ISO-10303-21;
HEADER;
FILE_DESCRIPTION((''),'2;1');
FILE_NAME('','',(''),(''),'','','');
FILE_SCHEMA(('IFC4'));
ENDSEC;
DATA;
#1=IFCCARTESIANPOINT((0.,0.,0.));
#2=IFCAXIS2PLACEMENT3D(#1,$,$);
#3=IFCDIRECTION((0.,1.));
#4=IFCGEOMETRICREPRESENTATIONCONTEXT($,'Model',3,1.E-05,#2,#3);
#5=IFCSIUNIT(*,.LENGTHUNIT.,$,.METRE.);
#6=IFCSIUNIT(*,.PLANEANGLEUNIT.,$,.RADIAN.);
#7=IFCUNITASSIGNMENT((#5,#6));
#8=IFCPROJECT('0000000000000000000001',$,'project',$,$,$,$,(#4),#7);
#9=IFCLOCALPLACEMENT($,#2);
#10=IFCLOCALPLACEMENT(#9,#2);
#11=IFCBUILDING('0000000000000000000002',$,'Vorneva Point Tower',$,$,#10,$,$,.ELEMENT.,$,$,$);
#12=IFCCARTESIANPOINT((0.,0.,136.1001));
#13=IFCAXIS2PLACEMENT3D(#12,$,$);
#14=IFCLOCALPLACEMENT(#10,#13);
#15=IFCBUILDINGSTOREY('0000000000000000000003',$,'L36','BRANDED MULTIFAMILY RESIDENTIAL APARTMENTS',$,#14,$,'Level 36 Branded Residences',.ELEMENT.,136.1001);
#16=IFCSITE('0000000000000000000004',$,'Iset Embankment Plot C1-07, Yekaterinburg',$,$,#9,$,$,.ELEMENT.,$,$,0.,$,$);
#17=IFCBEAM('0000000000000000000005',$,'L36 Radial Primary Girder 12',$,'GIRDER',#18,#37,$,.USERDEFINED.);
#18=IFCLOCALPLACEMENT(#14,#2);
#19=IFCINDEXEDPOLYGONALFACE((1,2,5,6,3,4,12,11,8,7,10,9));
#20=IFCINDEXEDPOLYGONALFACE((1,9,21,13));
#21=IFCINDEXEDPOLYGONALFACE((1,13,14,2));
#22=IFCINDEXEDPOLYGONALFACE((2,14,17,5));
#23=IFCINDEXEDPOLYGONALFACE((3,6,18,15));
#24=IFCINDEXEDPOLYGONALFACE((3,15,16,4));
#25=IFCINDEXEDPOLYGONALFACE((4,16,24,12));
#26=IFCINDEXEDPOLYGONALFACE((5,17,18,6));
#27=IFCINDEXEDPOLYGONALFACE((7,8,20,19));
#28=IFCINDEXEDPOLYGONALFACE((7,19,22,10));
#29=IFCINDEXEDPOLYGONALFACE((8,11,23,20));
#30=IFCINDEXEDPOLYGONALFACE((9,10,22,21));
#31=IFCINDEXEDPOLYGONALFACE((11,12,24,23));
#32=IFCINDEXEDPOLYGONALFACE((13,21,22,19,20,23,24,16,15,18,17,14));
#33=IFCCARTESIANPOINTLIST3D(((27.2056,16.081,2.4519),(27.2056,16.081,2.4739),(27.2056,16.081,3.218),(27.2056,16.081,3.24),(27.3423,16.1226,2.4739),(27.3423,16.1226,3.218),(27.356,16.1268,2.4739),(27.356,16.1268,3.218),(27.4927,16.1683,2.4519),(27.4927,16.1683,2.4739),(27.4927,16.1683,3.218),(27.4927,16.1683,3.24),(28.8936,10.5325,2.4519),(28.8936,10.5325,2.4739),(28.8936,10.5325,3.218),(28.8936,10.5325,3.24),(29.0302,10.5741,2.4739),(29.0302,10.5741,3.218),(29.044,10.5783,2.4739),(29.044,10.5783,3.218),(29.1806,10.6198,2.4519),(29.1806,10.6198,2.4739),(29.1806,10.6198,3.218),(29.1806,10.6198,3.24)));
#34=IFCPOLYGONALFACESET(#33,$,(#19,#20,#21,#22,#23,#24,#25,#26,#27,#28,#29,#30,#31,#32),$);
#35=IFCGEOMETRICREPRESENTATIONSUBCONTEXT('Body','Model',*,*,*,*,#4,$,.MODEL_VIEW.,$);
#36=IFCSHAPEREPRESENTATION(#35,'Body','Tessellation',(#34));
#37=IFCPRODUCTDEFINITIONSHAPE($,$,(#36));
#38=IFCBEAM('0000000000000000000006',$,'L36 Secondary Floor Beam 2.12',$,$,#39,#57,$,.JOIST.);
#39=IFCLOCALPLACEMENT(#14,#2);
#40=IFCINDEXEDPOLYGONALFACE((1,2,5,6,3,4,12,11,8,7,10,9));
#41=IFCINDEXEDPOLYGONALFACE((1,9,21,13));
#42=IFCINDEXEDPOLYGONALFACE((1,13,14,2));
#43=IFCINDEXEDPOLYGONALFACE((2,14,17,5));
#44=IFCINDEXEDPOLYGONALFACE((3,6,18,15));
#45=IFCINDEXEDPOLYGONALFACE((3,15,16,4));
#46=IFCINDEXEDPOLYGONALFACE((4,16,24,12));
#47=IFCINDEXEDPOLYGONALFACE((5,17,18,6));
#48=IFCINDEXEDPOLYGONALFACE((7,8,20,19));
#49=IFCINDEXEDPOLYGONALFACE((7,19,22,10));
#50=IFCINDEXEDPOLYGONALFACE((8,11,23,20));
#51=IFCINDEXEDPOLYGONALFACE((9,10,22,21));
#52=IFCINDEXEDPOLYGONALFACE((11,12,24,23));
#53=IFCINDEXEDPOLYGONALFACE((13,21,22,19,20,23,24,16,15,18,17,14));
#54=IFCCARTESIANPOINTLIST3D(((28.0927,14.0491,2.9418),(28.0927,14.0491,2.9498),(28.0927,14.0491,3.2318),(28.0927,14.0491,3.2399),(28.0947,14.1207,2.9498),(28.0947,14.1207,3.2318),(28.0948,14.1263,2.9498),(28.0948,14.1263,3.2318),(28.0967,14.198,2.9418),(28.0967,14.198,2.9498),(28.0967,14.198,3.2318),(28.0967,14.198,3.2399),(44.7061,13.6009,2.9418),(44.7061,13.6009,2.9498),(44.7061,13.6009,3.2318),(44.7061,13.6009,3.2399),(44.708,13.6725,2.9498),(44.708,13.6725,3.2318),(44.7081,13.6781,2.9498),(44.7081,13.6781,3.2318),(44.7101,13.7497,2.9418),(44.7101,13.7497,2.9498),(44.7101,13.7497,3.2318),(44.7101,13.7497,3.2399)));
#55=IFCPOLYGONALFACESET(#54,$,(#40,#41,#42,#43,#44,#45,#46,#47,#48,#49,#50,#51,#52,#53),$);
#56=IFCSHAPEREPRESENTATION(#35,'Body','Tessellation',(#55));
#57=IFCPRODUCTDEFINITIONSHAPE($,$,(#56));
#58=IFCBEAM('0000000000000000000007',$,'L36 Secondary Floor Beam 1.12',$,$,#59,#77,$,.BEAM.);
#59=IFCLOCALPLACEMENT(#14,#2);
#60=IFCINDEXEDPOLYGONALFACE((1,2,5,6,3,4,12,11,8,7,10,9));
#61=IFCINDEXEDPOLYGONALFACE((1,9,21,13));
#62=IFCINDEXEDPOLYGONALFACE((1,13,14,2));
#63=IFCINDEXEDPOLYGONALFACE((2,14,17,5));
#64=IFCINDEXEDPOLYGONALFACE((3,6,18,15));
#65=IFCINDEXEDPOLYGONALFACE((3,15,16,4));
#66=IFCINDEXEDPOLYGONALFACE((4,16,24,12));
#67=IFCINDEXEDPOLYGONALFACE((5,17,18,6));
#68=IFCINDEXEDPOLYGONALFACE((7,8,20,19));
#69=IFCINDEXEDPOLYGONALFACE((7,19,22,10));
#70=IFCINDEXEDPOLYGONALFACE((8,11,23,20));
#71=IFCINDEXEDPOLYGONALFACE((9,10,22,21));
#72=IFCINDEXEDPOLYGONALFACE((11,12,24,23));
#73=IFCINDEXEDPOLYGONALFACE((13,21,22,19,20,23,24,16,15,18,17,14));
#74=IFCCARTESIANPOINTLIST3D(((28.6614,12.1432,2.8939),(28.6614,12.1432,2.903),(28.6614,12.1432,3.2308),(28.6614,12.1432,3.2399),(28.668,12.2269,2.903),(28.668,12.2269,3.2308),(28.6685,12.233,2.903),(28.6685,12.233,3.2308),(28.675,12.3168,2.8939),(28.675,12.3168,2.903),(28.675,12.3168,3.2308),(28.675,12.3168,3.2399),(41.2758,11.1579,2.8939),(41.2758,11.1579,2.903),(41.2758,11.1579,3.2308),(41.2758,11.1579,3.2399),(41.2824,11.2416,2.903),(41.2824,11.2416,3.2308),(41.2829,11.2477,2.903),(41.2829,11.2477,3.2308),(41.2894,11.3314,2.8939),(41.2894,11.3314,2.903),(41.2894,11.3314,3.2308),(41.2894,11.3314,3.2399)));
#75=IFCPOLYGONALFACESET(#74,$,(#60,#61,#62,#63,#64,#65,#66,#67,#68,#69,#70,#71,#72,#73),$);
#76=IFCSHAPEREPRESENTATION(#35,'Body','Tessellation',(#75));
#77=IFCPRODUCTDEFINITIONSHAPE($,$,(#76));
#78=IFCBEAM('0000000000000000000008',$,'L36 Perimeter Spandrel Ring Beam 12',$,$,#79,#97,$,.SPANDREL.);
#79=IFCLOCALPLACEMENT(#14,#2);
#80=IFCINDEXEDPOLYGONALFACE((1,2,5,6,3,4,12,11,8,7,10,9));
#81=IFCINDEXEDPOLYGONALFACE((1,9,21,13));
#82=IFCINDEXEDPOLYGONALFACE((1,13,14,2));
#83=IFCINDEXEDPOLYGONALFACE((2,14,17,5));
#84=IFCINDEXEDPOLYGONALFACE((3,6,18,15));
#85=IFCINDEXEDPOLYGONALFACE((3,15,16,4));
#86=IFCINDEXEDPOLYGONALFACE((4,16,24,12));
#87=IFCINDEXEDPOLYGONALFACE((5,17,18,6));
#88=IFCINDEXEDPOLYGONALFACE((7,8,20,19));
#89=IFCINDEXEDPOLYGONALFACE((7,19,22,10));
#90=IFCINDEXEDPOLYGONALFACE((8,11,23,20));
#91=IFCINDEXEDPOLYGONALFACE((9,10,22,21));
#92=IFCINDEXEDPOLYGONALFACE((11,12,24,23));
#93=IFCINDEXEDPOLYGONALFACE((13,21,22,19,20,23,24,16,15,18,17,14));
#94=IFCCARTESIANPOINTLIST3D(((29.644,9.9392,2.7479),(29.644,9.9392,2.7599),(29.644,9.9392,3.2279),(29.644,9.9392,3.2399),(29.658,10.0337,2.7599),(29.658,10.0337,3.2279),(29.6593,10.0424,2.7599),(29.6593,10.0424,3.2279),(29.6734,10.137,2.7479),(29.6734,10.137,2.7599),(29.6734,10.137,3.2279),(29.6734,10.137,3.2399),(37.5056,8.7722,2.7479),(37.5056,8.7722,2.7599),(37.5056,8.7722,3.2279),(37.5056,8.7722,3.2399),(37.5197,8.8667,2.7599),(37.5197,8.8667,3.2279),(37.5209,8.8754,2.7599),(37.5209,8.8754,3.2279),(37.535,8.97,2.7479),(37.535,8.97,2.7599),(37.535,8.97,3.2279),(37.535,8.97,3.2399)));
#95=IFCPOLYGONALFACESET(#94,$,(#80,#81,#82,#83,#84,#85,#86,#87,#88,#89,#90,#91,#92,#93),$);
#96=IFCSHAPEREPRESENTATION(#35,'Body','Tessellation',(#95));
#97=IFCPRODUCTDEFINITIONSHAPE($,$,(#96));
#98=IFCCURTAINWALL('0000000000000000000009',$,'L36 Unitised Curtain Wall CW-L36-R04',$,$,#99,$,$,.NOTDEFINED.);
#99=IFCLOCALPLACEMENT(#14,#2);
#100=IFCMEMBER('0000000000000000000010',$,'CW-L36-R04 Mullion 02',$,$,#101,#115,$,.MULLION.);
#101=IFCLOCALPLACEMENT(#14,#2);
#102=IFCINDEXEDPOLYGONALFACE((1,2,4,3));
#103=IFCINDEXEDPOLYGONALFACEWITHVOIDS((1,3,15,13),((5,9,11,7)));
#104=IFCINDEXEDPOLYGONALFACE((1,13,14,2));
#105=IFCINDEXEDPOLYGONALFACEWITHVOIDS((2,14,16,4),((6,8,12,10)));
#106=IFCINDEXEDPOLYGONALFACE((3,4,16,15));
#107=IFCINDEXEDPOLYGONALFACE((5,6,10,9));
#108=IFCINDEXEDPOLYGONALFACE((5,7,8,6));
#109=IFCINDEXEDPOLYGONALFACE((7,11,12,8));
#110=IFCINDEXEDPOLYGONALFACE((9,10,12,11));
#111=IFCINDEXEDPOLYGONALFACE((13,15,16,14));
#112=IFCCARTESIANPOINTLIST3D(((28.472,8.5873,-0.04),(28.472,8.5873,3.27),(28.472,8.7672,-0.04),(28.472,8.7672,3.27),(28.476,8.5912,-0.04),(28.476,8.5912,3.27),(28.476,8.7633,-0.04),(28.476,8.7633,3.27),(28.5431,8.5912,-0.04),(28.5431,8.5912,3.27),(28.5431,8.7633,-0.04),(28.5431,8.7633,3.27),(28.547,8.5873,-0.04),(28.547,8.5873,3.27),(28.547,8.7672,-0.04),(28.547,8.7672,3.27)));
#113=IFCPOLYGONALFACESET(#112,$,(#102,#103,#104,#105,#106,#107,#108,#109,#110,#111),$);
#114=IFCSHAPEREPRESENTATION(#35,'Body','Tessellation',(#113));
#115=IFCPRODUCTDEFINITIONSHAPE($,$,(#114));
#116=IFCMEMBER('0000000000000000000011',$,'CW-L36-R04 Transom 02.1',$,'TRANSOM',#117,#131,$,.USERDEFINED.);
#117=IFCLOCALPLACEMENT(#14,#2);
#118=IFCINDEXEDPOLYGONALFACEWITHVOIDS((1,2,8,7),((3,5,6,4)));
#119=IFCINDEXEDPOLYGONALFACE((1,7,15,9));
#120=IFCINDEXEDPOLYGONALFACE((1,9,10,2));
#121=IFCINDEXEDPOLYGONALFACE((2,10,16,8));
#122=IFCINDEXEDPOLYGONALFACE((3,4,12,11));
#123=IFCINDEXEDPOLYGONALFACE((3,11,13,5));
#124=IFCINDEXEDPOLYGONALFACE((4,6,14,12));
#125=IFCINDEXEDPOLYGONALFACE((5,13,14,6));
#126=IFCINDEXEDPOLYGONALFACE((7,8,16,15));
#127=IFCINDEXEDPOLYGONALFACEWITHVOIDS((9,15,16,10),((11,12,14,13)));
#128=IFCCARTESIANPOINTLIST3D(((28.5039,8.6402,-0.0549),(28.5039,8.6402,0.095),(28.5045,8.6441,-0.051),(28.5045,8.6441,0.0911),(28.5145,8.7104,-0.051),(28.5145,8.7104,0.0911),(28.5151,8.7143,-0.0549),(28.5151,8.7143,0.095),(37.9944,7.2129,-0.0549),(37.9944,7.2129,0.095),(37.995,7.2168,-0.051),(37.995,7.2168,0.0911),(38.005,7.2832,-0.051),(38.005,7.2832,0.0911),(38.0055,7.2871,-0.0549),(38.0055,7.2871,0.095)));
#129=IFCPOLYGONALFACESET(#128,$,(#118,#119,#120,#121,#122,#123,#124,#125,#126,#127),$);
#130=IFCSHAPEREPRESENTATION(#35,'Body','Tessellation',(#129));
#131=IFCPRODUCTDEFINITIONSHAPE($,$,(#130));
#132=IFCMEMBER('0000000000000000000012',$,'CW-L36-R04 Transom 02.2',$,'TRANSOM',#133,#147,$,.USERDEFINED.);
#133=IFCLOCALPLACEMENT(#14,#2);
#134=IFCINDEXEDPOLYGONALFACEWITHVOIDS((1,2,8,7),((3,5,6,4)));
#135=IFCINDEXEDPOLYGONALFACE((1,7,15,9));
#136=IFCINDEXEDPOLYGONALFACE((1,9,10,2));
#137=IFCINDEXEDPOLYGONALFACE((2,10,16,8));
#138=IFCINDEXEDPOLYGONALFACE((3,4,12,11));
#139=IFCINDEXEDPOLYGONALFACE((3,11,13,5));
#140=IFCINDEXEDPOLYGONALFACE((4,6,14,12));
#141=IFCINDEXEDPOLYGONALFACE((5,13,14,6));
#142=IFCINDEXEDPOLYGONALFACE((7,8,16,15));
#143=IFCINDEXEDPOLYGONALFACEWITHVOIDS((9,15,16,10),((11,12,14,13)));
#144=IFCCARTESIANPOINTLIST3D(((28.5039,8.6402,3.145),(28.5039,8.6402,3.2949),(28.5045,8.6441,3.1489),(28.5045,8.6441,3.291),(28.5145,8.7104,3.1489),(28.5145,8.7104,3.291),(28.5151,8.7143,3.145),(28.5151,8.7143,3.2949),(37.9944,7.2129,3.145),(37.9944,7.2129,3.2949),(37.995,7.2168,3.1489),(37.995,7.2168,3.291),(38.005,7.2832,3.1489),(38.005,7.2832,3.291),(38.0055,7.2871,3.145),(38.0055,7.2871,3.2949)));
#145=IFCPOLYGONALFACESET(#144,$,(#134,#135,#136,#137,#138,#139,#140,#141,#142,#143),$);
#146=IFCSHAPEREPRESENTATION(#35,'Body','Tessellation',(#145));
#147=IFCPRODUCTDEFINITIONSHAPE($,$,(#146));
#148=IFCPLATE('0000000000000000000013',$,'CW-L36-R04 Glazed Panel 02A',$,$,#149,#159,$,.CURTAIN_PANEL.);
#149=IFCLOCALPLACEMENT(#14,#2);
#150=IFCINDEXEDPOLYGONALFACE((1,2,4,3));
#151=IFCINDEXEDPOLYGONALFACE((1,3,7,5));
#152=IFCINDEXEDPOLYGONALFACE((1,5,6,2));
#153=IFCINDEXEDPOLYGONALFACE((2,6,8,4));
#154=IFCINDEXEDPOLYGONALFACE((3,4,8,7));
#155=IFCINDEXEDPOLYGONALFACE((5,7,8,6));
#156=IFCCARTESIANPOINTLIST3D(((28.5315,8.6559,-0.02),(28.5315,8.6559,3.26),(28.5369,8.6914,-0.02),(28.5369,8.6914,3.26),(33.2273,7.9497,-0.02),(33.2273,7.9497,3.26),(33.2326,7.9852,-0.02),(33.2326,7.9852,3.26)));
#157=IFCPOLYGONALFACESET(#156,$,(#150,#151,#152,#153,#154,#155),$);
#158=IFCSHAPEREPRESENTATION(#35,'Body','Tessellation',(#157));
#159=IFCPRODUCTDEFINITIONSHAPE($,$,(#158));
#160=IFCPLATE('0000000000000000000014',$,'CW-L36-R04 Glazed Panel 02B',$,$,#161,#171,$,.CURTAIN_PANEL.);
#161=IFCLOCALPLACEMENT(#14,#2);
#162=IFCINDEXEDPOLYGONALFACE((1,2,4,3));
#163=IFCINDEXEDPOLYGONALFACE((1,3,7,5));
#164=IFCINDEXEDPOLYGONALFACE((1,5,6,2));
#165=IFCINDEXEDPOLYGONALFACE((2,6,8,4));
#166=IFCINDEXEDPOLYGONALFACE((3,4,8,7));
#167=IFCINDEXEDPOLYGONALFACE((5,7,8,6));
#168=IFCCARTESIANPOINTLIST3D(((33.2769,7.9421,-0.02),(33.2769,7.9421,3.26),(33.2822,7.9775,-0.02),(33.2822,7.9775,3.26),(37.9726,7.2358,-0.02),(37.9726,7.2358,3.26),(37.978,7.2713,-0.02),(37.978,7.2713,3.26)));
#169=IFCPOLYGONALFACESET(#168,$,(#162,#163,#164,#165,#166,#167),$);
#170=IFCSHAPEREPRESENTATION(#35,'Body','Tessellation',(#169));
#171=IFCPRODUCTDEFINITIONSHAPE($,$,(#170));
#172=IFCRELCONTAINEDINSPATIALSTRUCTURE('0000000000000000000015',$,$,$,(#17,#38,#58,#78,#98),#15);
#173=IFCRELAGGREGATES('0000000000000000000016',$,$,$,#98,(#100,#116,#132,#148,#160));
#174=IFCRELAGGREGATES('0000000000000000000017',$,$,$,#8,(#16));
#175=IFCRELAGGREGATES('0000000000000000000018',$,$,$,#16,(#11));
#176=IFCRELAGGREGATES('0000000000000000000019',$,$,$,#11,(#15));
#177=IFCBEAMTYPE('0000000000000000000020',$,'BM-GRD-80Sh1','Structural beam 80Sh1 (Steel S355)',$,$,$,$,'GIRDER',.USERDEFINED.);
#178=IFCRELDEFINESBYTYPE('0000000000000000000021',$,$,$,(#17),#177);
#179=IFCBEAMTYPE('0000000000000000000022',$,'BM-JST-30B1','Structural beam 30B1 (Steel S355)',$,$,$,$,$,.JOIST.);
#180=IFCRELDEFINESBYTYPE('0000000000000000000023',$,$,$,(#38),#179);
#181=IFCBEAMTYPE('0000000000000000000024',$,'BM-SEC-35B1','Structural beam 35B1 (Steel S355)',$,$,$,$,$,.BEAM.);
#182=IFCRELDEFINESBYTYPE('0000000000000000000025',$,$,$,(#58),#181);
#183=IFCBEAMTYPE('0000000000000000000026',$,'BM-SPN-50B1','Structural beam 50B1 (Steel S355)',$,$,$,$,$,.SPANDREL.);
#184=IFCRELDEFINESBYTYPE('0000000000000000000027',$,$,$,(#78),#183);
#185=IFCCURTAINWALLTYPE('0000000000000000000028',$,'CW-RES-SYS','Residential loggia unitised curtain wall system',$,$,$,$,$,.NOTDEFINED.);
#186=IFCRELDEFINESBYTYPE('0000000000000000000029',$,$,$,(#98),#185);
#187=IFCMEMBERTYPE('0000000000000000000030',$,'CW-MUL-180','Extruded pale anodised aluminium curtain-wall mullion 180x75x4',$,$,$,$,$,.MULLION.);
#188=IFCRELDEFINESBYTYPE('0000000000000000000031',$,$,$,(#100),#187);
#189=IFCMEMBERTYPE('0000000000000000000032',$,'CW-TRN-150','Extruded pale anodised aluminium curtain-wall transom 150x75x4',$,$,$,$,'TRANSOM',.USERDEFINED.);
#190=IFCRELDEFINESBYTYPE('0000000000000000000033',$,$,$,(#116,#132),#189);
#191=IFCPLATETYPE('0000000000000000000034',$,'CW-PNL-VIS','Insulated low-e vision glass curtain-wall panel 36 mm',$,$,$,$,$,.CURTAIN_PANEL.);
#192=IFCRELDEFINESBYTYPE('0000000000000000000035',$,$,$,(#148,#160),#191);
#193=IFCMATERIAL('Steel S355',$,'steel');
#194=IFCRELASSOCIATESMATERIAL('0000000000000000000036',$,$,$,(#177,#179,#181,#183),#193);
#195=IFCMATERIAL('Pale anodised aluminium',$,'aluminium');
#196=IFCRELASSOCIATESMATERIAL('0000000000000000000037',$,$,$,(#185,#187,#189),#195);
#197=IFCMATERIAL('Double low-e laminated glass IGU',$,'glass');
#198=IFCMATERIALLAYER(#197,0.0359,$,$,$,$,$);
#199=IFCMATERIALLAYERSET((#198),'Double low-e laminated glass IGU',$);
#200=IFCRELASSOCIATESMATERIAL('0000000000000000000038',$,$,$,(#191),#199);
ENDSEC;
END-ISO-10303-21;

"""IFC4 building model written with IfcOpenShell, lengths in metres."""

from ifc_helpers import new_model, si_unit, direction, frame, origin, origin_2d, place, context, subcontext, project, spatial, rectangle, hollow_rectangle, i_section, extrude, material, layer, layer_set, material_profile, profile_set, type_object, element, aggregate, save


model = new_model("IFC4")

# Units and contexts
model_context = context("Model", 3, precision=1e-05, world=origin(), true_north=direction((0.0, 1.0)))
body_context = subcontext(model_context, "Body", "Model", "MODEL_VIEW")
ifc_project = project(units=[si_unit("LENGTHUNIT", "METRE"), si_unit("PLANEANGLEUNIT", "RADIAN")], contexts=[model_context])

# Site, building, storey
site_placement = place(None, origin())
site = spatial("IfcSite", under=ifc_project, at=site_placement, Name="Iset Embankment Plot C1-07, Yekaterinburg", CompositionType="ELEMENT", RefElevation=0.0)
building_placement = place(site_placement, origin())
building = spatial("IfcBuilding", under=site, at=building_placement, Name="Vorneva Point Tower", CompositionType="ELEMENT")
storey_placement = place(building_placement, frame((0.0, 0.0, 136.1001)))
storey = spatial("IfcBuildingStorey", under=building, at=storey_placement, Name="L36", Description="BRANDED MULTIFAMILY RESIDENTIAL APARTMENTS", LongName="Level 36 Branded Residences", CompositionType="ELEMENT", Elevation=136.1001)

# Beams
ifc_material_1 = material(Name="Steel S355", Category="steel")
ifc_material_profile_1 = material_profile(ifc_material_1, i_section(OverallWidth=0.3, OverallDepth=0.7881, WebThickness=0.0144, FlangeThickness=0.022, at=origin_2d()), Name="80Sh1")
ifc_profile_set_1 = profile_set([ifc_material_profile_1], Name="Steel S355")
beam_type_1 = type_object("IfcBeamType", Name="BM-GRD-80Sh1", Description="Structural beam 80Sh1 (Steel S355)", ElementType="GIRDER", PredefinedType="USERDEFINED", material=ifc_profile_set_1)
beam_1_placement = place(storey_placement, frame((29.0371, 10.5762, 2.8459), z_axis=(-0.291049, 0.956708, 0.0), x_axis=(-0.956708, -0.291049, 0.0)))
element("IfcBeam", 1, at=beam_1_placement, inside=storey, type_object=beam_type_1, Name="L36 Radial Primary Girder 12", ObjectType="GIRDER", PredefinedType="USERDEFINED", context=body_context, shape_type="SweptSolid", body=[
    extrude(i_section(OverallWidth=0.3, OverallDepth=0.7881, WebThickness=0.0144, FlangeThickness=0.022, at=origin_2d()), origin(), (0.0, 0.0, 1.0), 5.7996),
])
ifc_material_profile_2 = material_profile(ifc_material_1, i_section(OverallWidth=0.1489, OverallDepth=0.2981, WebThickness=0.0056, FlangeThickness=0.0081, at=origin_2d()), Name="30B1")
ifc_profile_set_2 = profile_set([ifc_material_profile_2], Name="Steel S355")
beam_type_2 = type_object("IfcBeamType", Name="BM-JST-30B1", Description="Structural beam 30B1 (Steel S355)", PredefinedType="JOIST", material=ifc_profile_set_2)
beam_2_placement = place(storey_placement, frame((28.0947, 14.1235, 3.0908), z_axis=(0.999636, -0.026971, 0.0), x_axis=(0.026971, 0.999636, 0.0)))
element("IfcBeam", 2, at=beam_2_placement, inside=storey, type_object=beam_type_2, Name="L36 Secondary Floor Beam 2.12", PredefinedType="JOIST", context=body_context, shape_type="SweptSolid", body=[
    extrude(i_section(OverallWidth=0.1489, OverallDepth=0.2981, WebThickness=0.0056, FlangeThickness=0.0081, at=origin_2d()), origin(), (0.0, 0.0, 1.0), 16.6194),
])
ifc_material_profile_3 = material_profile(ifc_material_1, i_section(OverallWidth=0.1741, OverallDepth=0.3459, WebThickness=0.0061, FlangeThickness=0.009, at=origin_2d()), Name="35B1")
ifc_profile_set_3 = profile_set([ifc_material_profile_3], Name="Steel S355")
beam_type_3 = type_object("IfcBeamType", Name="BM-SEC-35B1", Description="Structural beam 35B1 (Steel S355)", PredefinedType="BEAM", material=ifc_profile_set_3)
beam_3_placement = place(storey_placement, frame((28.6682, 12.23, 3.0669), z_axis=(0.996963, -0.077875, 0.0), x_axis=(0.077875, 0.996963, 0.0)))
element("IfcBeam", 3, at=beam_3_placement, inside=storey, type_object=beam_type_3, Name="L36 Secondary Floor Beam 1.12", PredefinedType="BEAM", context=body_context, shape_type="SweptSolid", body=[
    extrude(i_section(OverallWidth=0.1741, OverallDepth=0.3459, WebThickness=0.0061, FlangeThickness=0.009, at=origin_2d()), origin(), (0.0, 0.0, 1.0), 12.6528),
])
ifc_material_profile_4 = material_profile(ifc_material_1, i_section(OverallWidth=0.2, OverallDepth=0.4919, WebThickness=0.0088, FlangeThickness=0.012, at=origin_2d()), Name="50B1")
ifc_profile_set_4 = profile_set([ifc_material_profile_4], Name="Steel S355")
beam_type_4 = type_object("IfcBeamType", Name="BM-SPN-50B1", Description="Structural beam 50B1 (Steel S355)", PredefinedType="SPANDREL", material=ifc_profile_set_4)
beam_4_placement = place(storey_placement, frame((29.6587, 10.0381, 2.9939), z_axis=(0.989161, -0.146834, 0.0), x_axis=(0.146834, 0.989161, 0.0)))
element("IfcBeam", 4, at=beam_4_placement, inside=storey, type_object=beam_type_4, Name="L36 Perimeter Spandrel Ring Beam 12", PredefinedType="SPANDREL", context=body_context, shape_type="SweptSolid", body=[
    extrude(i_section(OverallWidth=0.2, OverallDepth=0.4919, WebThickness=0.0088, FlangeThickness=0.012, at=origin_2d()), origin(), (0.0, 0.0, 1.0), 7.9478),
])

# Curtain wall, members, plates
ifc_material_2 = material(Name="Pale anodised aluminium", Category="aluminium")
curtain_wall_type = type_object("IfcCurtainWallType", Name="CW-RES-SYS", Description="Residential loggia unitised curtain wall system", PredefinedType="NOTDEFINED", material=ifc_material_2)
curtain_wall_placement = place(storey_placement, origin())
curtain_wall = element("IfcCurtainWall", 5, at=curtain_wall_placement, inside=storey, type_object=curtain_wall_type, Name="L36 Unitised Curtain Wall CW-L36-R04", PredefinedType="NOTDEFINED")
ifc_material_profile_5 = material_profile(ifc_material_2, hollow_rectangle(XDim=0.075, YDim=0.1799, WallThickness=0.0039, at=origin_2d()), Name="AL-MUL 180x75x4")
ifc_profile_set_5 = profile_set([ifc_material_profile_5], Name="Pale anodised aluminium")
member_type_1 = type_object("IfcMemberType", Name="CW-MUL-180", Description="Extruded pale anodised aluminium curtain-wall mullion 180x75x4", PredefinedType="MULLION", material=ifc_profile_set_5)
member_1_placement = place(storey_placement, frame((28.5095, 8.6772, -0.04), z_axis=(0.0, 0.0, 1.0), x_axis=(1.0, 0.0, 0.0)))
member_1 = element("IfcMember", 6, at=member_1_placement, type_object=member_type_1, Name="CW-L36-R04 Mullion 02", PredefinedType="MULLION", context=body_context, shape_type="SweptSolid", body=[
    extrude(hollow_rectangle(XDim=0.075, YDim=0.1799, WallThickness=0.0039, at=origin_2d()), origin(), (0.0, 0.0, 1.0), 3.3101),
])
ifc_material_profile_6 = material_profile(ifc_material_2, hollow_rectangle(XDim=0.075, YDim=0.1499, WallThickness=0.0039, at=origin_2d()), Name="AL-TRN 150x75x4")
ifc_profile_set_6 = profile_set([ifc_material_profile_6], Name="Pale anodised aluminium")
member_type_2 = type_object("IfcMemberType", Name="CW-TRN-150", Description="Extruded pale anodised aluminium curtain-wall transom 150x75x4", ElementType="TRANSOM", PredefinedType="USERDEFINED", material=ifc_profile_set_6)
member_2_placement = place(storey_placement, frame((28.5095, 8.6772, 0.02), z_axis=(0.98888, -0.148715, 0.0), x_axis=(0.148715, 0.98888, 0.0)))
member_2 = element("IfcMember", 7, at=member_2_placement, type_object=member_type_2, Name="CW-L36-R04 Transom 02.1", ObjectType="TRANSOM", PredefinedType="USERDEFINED", context=body_context, shape_type="SweptSolid", body=[
    extrude(hollow_rectangle(XDim=0.075, YDim=0.1499, WallThickness=0.0039, at=origin_2d()), origin(), (0.0, 0.0, 1.0), 9.5972),
])
member_3_placement = place(storey_placement, frame((28.5095, 8.6772, 3.22), z_axis=(0.98888, -0.148715, 0.0), x_axis=(0.148715, 0.98888, 0.0)))
member_3 = element("IfcMember", 8, at=member_3_placement, type_object=member_type_2, Name="CW-L36-R04 Transom 02.2", ObjectType="TRANSOM", PredefinedType="USERDEFINED", context=body_context, shape_type="SweptSolid", body=[
    extrude(hollow_rectangle(XDim=0.075, YDim=0.1499, WallThickness=0.0039, at=origin_2d()), origin(), (0.0, 0.0, 1.0), 9.5972),
])
ifc_material_3 = material(Name="Double low-e laminated glass IGU", Category="glass")
ifc_layer_1 = layer(ifc_material_3, 0.0359)
ifc_layer_set_1 = layer_set([ifc_layer_1], Name="Double low-e laminated glass IGU")
plate_type = type_object("IfcPlateType", Name="CW-PNL-VIS", Description="Insulated low-e vision glass curtain-wall panel 36 mm", PredefinedType="CURTAIN_PANEL", material=ifc_layer_set_1)
plate_1_placement = place(storey_placement, frame((30.8821, 8.3206, -0.02), z_axis=(0.0, 0.0, 1.0), x_axis=(0.988879, -0.148724, 0.0)))
plate_1 = element("IfcPlate", 9, at=plate_1_placement, type_object=plate_type, Name="CW-L36-R04 Glazed Panel 02A", PredefinedType="CURTAIN_PANEL", context=body_context, shape_type="SweptSolid", body=[
    extrude(rectangle(XDim=4.7485, YDim=0.0359, at=origin_2d()), origin(), (0.0, 0.0, 1.0), 3.28),
])
plate_2_placement = place(storey_placement, frame((35.6274, 7.6067, -0.02), z_axis=(0.0, 0.0, 1.0), x_axis=(0.988879, -0.148724, 0.0)))
plate_2 = element("IfcPlate", 10, at=plate_2_placement, type_object=plate_type, Name="CW-L36-R04 Glazed Panel 02B", PredefinedType="CURTAIN_PANEL", context=body_context, shape_type="SweptSolid", body=[
    extrude(rectangle(XDim=4.7485, YDim=0.0359, at=origin_2d()), origin(), (0.0, 0.0, 1.0), 3.28),
])
aggregate(curtain_wall, [member_1, member_2, member_3, plate_1, plate_2])

save(model, "model.ifc")
